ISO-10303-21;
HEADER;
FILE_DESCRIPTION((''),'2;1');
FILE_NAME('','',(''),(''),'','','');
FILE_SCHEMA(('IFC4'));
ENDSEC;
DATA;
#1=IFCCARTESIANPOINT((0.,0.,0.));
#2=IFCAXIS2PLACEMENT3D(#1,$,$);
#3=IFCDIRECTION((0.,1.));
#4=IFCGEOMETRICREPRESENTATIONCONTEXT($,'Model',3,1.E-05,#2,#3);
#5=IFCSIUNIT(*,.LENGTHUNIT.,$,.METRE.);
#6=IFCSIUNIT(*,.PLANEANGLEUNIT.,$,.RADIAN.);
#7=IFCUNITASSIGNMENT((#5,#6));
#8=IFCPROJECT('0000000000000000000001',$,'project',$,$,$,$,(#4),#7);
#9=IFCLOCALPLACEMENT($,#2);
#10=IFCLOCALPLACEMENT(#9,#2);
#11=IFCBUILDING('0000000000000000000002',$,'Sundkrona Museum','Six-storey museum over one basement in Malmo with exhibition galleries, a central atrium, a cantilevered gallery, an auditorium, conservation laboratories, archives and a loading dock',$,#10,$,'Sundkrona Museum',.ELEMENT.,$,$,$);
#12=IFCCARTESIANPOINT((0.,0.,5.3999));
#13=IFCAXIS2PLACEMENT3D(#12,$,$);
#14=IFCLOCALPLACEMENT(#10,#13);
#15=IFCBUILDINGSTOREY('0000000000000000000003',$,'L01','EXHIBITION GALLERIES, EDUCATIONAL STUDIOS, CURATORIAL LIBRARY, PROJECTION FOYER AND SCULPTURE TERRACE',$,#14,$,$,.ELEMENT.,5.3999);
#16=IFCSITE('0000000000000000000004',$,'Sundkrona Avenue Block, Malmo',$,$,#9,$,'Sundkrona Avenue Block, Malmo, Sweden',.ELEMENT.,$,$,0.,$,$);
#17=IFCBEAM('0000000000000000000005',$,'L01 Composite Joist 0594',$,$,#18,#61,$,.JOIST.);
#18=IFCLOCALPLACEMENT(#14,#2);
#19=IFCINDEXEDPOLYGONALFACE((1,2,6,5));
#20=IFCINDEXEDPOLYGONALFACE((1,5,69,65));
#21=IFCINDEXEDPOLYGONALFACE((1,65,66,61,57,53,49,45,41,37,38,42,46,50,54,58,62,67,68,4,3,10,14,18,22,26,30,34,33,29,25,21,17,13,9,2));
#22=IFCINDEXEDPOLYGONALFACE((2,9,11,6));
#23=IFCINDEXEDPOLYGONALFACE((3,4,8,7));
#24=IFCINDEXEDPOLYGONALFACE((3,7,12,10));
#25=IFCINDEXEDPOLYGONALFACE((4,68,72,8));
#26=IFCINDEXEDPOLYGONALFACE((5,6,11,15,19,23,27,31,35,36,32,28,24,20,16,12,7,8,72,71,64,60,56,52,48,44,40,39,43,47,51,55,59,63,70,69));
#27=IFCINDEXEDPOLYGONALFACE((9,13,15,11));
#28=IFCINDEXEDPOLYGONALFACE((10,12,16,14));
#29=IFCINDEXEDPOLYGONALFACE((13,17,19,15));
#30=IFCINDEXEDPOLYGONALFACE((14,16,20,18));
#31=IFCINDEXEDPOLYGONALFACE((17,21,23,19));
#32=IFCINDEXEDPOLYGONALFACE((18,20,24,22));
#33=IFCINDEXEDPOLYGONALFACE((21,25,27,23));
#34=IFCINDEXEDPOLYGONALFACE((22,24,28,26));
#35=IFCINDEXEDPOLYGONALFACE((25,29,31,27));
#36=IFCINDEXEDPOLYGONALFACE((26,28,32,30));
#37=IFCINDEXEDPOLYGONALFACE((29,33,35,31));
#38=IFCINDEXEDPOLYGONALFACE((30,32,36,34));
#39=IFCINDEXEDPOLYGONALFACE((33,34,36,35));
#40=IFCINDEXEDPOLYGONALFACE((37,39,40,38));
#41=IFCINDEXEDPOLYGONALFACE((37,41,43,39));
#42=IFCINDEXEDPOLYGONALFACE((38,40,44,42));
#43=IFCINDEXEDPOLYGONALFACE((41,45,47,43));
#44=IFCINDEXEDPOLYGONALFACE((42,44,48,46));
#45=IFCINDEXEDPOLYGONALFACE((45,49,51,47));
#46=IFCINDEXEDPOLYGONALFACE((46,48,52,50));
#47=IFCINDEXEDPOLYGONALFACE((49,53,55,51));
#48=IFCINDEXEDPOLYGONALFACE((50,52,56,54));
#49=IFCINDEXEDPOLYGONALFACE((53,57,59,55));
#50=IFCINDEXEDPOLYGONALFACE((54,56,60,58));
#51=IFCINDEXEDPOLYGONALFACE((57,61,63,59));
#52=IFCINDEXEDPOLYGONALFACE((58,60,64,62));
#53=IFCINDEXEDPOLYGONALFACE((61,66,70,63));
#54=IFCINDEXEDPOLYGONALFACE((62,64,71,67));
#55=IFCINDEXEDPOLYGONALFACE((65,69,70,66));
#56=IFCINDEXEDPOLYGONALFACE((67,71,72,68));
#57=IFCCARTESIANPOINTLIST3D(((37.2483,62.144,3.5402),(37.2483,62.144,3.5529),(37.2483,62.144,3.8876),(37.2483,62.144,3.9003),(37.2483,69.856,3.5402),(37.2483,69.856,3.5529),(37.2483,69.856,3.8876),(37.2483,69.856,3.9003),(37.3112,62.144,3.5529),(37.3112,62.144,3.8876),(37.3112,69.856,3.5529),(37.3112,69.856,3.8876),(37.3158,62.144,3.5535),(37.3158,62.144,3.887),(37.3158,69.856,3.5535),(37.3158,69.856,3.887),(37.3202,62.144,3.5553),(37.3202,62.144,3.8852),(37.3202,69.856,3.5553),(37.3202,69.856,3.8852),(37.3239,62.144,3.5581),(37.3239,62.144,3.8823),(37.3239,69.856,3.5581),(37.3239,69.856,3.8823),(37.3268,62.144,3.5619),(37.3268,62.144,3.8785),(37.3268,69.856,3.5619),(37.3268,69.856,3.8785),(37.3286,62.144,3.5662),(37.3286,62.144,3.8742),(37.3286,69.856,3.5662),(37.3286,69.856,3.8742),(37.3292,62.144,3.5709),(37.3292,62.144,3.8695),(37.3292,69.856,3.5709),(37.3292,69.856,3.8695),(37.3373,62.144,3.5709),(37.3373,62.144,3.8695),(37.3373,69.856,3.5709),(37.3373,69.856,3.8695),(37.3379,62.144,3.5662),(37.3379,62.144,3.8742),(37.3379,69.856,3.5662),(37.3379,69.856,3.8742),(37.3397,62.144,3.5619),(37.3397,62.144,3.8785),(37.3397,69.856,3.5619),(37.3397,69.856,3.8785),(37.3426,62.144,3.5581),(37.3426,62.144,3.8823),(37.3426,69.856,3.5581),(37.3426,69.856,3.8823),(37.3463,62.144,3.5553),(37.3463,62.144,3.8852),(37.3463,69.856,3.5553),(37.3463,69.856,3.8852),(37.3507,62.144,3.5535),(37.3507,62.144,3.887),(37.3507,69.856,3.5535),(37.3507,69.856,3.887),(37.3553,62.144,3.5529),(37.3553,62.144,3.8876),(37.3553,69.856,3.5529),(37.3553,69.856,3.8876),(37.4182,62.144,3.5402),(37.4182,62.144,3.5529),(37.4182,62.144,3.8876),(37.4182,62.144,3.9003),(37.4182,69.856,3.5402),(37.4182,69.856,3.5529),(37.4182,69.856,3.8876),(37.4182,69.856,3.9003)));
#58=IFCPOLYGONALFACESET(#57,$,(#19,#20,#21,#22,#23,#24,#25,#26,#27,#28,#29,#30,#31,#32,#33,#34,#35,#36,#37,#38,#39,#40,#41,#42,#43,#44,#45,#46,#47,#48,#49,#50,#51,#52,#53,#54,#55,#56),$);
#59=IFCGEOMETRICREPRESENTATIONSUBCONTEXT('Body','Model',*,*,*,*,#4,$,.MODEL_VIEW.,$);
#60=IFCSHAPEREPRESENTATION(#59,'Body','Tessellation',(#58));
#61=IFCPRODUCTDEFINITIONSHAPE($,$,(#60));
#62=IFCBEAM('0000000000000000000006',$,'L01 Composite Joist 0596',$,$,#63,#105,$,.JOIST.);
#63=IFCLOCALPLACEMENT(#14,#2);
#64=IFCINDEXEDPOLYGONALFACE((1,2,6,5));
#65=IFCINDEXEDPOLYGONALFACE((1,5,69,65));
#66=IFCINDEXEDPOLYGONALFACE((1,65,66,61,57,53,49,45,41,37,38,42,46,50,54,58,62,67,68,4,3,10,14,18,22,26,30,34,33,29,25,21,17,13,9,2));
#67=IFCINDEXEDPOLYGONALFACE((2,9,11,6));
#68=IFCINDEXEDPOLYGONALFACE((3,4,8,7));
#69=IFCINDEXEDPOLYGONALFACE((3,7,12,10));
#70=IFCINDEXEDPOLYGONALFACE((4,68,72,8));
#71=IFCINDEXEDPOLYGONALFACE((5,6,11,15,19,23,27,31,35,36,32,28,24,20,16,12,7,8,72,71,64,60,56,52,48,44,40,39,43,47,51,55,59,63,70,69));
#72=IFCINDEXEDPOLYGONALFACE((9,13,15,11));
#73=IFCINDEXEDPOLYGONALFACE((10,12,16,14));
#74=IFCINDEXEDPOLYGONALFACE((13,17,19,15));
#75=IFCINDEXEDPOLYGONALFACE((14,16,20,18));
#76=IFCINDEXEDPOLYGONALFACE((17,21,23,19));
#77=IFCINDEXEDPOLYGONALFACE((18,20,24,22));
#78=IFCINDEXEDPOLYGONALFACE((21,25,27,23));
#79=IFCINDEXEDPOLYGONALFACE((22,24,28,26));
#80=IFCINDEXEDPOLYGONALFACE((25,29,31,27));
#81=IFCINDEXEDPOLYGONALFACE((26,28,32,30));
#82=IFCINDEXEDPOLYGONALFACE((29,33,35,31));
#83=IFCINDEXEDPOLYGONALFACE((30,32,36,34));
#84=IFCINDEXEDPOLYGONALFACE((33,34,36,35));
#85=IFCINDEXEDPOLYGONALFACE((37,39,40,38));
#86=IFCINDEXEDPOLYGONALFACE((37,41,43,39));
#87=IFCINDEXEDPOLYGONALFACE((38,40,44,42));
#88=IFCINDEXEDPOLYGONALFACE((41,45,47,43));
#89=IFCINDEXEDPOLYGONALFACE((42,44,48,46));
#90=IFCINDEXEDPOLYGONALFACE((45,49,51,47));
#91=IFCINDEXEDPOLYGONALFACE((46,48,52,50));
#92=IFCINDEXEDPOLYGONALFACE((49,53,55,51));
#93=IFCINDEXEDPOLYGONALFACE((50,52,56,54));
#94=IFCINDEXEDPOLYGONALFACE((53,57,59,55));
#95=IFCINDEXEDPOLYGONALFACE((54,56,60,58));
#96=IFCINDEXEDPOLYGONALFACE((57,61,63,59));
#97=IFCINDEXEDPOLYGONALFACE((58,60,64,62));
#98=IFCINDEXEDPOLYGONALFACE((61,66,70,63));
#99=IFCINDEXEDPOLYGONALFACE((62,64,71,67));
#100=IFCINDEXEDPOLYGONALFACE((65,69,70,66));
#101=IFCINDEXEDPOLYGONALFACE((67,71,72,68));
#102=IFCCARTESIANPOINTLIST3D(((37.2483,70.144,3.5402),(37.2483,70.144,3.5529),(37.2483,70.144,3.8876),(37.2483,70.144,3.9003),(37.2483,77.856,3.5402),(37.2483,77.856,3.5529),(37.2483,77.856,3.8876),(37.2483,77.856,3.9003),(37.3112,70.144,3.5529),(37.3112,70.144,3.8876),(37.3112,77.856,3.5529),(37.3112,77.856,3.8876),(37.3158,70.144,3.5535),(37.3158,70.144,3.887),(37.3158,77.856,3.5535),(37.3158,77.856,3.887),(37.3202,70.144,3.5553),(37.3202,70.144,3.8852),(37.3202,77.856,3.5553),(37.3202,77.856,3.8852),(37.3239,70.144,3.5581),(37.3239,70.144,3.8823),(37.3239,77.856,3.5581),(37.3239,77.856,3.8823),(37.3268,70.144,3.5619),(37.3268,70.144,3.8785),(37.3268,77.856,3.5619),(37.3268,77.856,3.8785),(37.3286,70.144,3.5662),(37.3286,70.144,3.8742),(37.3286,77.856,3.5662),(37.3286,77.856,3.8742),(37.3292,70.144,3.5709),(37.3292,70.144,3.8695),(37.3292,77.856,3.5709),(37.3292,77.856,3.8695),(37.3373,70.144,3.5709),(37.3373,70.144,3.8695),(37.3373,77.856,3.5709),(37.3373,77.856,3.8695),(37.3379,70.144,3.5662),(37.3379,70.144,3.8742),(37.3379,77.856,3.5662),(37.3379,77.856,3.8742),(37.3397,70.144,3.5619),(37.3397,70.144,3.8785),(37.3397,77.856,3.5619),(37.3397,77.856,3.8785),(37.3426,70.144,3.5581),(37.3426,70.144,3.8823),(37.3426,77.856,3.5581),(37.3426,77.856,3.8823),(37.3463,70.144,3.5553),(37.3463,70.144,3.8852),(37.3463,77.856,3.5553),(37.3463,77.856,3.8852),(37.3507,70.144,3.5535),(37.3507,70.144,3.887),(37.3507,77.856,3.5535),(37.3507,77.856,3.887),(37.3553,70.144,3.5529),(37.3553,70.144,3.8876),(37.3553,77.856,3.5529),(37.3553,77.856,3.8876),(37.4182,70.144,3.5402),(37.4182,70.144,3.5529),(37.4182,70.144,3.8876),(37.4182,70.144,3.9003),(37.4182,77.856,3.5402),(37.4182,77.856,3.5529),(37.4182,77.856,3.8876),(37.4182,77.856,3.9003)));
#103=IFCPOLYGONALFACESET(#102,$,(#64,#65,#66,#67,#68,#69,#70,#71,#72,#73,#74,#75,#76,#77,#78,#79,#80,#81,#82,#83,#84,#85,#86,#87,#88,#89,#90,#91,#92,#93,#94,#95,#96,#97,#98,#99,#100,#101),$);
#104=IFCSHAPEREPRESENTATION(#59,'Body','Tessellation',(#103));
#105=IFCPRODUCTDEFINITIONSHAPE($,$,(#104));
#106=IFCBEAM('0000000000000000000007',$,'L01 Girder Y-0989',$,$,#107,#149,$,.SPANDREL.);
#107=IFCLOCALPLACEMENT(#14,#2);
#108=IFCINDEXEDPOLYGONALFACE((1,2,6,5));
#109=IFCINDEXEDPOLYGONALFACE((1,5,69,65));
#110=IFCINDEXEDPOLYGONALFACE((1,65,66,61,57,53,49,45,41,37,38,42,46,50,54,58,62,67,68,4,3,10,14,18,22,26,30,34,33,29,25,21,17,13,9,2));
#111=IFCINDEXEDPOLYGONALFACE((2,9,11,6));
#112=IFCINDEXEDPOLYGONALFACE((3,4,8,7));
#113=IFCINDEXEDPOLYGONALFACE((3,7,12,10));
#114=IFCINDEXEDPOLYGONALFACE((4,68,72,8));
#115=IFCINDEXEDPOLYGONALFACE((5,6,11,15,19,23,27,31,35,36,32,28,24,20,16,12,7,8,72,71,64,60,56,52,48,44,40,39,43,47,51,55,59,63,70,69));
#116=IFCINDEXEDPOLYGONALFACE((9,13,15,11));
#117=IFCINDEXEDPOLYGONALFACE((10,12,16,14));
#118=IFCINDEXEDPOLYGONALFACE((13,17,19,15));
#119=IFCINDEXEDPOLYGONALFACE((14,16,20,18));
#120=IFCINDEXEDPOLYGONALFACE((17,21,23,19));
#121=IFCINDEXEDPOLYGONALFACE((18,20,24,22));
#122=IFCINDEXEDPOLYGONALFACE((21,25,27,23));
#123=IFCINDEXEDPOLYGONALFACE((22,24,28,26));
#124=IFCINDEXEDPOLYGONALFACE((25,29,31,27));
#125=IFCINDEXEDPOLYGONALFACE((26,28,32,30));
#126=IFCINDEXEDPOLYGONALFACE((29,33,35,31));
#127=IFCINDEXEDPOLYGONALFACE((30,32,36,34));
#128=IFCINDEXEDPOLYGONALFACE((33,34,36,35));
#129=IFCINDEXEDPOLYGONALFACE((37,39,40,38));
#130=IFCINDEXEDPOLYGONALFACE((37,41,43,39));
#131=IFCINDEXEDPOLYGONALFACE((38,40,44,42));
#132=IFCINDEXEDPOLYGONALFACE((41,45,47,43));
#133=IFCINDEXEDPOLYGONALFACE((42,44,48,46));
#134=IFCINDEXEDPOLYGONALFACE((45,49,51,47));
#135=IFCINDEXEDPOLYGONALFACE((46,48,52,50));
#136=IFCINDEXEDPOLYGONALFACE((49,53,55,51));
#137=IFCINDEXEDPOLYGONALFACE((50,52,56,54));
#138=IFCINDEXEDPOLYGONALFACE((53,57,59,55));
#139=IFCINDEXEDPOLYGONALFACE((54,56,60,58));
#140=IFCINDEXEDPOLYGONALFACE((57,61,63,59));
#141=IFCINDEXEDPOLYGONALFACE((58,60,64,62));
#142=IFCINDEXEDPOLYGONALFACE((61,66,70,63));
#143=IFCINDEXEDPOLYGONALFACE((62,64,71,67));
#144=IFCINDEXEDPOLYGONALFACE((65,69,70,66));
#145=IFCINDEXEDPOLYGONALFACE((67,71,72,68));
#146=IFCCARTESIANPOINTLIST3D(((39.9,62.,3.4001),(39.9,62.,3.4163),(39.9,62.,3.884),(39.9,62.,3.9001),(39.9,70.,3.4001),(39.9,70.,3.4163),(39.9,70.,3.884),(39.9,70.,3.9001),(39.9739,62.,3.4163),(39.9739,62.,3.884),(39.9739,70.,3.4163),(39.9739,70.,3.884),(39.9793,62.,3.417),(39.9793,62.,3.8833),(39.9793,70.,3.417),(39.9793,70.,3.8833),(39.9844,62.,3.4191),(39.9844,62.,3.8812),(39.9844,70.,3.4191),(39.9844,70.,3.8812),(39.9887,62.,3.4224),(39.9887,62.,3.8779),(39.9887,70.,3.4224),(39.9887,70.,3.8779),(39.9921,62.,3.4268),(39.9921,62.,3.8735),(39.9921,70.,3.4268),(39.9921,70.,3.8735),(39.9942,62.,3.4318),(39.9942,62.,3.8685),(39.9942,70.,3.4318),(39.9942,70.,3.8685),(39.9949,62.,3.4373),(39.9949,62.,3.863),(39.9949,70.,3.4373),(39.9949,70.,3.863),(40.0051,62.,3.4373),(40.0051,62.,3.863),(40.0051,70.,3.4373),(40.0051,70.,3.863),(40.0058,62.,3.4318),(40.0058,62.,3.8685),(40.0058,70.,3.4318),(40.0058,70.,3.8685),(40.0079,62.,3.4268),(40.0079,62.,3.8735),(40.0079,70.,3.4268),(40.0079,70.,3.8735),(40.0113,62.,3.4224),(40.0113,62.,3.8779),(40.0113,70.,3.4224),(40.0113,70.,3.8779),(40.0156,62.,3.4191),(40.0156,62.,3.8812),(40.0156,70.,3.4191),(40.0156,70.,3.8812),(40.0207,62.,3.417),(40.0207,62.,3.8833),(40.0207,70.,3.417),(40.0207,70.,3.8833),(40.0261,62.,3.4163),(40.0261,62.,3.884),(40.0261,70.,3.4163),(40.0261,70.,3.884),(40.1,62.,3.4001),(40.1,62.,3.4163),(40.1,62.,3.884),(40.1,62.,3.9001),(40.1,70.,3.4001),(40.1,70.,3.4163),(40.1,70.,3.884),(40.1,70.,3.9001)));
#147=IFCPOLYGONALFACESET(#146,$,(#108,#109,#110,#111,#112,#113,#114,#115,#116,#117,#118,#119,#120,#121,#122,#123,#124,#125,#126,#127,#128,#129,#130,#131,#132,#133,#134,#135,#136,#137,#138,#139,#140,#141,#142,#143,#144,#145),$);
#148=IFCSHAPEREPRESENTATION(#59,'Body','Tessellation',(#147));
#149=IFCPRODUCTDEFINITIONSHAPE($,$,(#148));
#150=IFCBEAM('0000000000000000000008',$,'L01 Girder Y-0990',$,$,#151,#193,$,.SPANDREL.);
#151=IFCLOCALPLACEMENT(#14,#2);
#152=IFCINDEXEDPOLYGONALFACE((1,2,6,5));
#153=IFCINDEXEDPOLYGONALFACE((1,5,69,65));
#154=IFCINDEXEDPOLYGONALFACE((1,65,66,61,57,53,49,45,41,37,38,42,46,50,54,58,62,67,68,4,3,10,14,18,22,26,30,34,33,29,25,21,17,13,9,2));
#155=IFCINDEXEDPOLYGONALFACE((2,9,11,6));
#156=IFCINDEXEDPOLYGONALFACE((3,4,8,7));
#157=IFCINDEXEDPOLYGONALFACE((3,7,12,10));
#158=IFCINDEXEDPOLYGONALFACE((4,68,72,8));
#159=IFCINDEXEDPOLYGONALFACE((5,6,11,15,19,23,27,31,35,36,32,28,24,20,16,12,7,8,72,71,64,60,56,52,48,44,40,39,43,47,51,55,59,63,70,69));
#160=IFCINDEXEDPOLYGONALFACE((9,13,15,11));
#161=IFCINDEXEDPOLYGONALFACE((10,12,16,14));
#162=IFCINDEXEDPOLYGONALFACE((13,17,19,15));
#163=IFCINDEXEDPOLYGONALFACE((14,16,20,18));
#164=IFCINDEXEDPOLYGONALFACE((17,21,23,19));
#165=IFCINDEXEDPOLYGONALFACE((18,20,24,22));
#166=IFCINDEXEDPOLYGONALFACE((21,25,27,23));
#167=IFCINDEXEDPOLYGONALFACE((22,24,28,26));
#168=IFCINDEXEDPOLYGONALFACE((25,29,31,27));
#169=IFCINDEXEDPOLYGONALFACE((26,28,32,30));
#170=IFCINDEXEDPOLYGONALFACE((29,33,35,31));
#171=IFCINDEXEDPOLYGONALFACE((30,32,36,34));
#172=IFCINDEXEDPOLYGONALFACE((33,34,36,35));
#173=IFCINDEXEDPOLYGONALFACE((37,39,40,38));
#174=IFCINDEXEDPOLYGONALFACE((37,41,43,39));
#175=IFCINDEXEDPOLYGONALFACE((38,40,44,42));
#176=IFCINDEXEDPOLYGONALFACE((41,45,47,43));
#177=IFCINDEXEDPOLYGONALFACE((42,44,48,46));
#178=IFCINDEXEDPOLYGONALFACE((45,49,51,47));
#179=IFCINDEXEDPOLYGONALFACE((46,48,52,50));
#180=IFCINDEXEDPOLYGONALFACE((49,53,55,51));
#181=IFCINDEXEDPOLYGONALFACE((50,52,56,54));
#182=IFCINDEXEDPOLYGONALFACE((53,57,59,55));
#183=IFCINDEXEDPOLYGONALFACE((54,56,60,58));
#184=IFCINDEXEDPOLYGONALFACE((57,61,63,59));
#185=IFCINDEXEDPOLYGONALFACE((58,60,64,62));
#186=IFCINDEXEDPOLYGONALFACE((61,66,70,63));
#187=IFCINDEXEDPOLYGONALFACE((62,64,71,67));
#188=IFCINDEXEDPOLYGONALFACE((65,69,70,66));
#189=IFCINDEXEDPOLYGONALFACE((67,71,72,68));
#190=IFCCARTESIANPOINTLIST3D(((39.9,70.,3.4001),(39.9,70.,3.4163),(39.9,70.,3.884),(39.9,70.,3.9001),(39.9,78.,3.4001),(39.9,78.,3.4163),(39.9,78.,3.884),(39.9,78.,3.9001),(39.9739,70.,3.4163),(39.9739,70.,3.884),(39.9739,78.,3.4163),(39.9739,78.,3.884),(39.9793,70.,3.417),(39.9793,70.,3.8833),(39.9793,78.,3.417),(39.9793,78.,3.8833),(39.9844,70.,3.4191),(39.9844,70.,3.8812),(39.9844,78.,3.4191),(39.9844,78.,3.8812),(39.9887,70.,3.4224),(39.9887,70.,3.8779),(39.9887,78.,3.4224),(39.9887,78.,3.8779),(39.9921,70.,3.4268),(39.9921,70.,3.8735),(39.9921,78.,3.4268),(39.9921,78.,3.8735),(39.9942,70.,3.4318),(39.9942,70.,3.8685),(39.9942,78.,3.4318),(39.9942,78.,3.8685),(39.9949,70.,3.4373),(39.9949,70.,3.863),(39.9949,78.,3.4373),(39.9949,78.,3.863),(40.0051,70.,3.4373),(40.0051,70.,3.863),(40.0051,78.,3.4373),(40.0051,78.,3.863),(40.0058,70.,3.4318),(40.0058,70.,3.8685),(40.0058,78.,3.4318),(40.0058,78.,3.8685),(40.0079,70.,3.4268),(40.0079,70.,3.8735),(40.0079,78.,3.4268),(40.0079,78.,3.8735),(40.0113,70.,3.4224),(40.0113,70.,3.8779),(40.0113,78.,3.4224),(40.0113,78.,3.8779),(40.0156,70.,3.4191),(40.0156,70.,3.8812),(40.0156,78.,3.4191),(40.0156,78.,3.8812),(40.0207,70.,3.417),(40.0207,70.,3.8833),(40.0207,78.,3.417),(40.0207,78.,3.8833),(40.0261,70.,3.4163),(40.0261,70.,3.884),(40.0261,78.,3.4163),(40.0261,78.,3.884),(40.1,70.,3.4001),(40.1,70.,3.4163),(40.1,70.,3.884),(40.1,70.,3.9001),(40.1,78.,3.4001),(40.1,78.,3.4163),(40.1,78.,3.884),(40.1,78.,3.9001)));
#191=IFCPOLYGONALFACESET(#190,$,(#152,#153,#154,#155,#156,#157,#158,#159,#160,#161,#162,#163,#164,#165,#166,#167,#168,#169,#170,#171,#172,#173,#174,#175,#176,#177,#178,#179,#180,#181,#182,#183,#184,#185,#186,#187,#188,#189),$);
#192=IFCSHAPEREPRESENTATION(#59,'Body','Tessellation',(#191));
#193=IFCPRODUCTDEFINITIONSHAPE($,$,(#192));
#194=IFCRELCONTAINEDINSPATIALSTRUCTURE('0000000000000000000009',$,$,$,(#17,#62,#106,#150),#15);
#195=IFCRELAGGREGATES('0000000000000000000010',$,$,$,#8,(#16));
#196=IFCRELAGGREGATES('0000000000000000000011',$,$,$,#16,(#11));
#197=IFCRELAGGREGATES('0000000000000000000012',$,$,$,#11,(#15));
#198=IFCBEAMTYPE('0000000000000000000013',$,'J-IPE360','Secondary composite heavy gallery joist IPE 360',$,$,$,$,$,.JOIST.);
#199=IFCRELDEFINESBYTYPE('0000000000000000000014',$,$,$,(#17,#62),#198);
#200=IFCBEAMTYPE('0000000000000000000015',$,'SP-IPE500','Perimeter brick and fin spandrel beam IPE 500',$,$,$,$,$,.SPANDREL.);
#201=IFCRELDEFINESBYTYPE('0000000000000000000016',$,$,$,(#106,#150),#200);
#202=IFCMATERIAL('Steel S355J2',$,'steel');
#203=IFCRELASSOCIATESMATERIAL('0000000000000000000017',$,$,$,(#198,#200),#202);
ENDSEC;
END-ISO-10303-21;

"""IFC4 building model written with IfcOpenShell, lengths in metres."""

from ifc_helpers import new_model, si_unit, direction, frame, origin, origin_2d, place, context, subcontext, project, spatial, i_section, extrude, material, material_profile, profile_set, type_object, element, save


model = new_model("IFC4")

# Units and contexts
model_context = context("Model", 3, precision=1e-05, world=origin(), true_north=direction((0.0, 1.0)))
body_context = subcontext(model_context, "Body", "Model", "MODEL_VIEW")
ifc_project = project(units=[si_unit("LENGTHUNIT", "METRE"), si_unit("PLANEANGLEUNIT", "RADIAN")], contexts=[model_context])

# Site, building, storey
site_placement = place(None, origin())
site = spatial("IfcSite", under=ifc_project, at=site_placement, Name="Sundkrona Avenue Block, Malmo", LongName="Sundkrona Avenue Block, Malmo, Sweden", CompositionType="ELEMENT", RefElevation=0.0)
building_placement = place(site_placement, origin())
building = spatial("IfcBuilding", under=site, at=building_placement, Name="Sundkrona Museum", Description="Six-storey museum over one basement in Malmo with exhibition galleries, a central atrium, a cantilevered gallery, an auditorium, conservation laboratories, archives and a loading dock", LongName="Sundkrona Museum", CompositionType="ELEMENT")
storey_placement = place(building_placement, frame((0.0, 0.0, 5.3999)))
storey = spatial("IfcBuildingStorey", under=building, at=storey_placement, Name="L01", Description="EXHIBITION GALLERIES, EDUCATIONAL STUDIOS, CURATORIAL LIBRARY, PROJECTION FOYER AND SCULPTURE TERRACE", CompositionType="ELEMENT", Elevation=5.3999)

# Shared definitions
ifc_material_1 = material(Name="Steel S355J2", Category="steel")

# Beams
ifc_material_profile_1 = material_profile(ifc_material_1, i_section(OverallWidth=0.1699, OverallDepth=0.3601, WebThickness=0.0081, FlangeThickness=0.0127, FilletRadius=0.0181, at=origin_2d()), Name="IPE 360")
ifc_profile_set_1 = profile_set([ifc_material_profile_1], Name="Steel S355J2")
beam_type_1 = type_object("IfcBeamType", Name="J-IPE360", Description="Secondary composite heavy gallery joist IPE 360", PredefinedType="JOIST", material=ifc_profile_set_1)
for number, where, z_axis, x_axis, name in (
    (1, (37.3333, 62.144, 3.7202), (0.0, 1.0, 0.0), (-1.0, 0.0, 0.0), "L01 Composite Joist 0594"),
    (2, (37.3333, 70.144, 3.7202), (0.0, 1.0, 0.0), (-1.0, 0.0, 0.0), "L01 Composite Joist 0596"),
):
    element("IfcBeam", number, at=place(storey_placement, frame(where, z_axis=z_axis, x_axis=x_axis)), inside=storey, type_object=beam_type_1, Name=name, PredefinedType="JOIST", context=body_context, shape_type="SweptSolid", body=[
        extrude(i_section(OverallWidth=0.1699, OverallDepth=0.3601, WebThickness=0.0081, FlangeThickness=0.0127, FilletRadius=0.0181, at=origin_2d()), origin(), (0.0, 0.0, 1.0), 7.7119),
    ])
ifc_material_profile_2 = material_profile(ifc_material_1, i_section(OverallWidth=0.2, OverallDepth=0.5, WebThickness=0.0103, FlangeThickness=0.0161, FilletRadius=0.021, at=origin_2d()), Name="IPE 500")
ifc_profile_set_2 = profile_set([ifc_material_profile_2], Name="Steel S355J2")
beam_type_2 = type_object("IfcBeamType", Name="SP-IPE500", Description="Perimeter brick and fin spandrel beam IPE 500", PredefinedType="SPANDREL", material=ifc_profile_set_2)
for number, where, z_axis, x_axis, name in (
    (3, (40.0, 62.0, 3.6501), (0.0, 1.0, 0.0), (-1.0, 0.0, 0.0), "L01 Girder Y-0989"),
    (4, (40.0, 70.0, 3.6501), (0.0, 1.0, 0.0), (-1.0, 0.0, 0.0), "L01 Girder Y-0990"),
):
    element("IfcBeam", number, at=place(storey_placement, frame(where, z_axis=z_axis, x_axis=x_axis)), inside=storey, type_object=beam_type_2, Name=name, PredefinedType="SPANDREL", context=body_context, shape_type="SweptSolid", body=[
        extrude(i_section(OverallWidth=0.2, OverallDepth=0.5, WebThickness=0.0103, FlangeThickness=0.0161, FilletRadius=0.021, at=origin_2d()), origin(), (0.0, 0.0, 1.0), 8.0),
    ])

save(model, "model.ifc")
